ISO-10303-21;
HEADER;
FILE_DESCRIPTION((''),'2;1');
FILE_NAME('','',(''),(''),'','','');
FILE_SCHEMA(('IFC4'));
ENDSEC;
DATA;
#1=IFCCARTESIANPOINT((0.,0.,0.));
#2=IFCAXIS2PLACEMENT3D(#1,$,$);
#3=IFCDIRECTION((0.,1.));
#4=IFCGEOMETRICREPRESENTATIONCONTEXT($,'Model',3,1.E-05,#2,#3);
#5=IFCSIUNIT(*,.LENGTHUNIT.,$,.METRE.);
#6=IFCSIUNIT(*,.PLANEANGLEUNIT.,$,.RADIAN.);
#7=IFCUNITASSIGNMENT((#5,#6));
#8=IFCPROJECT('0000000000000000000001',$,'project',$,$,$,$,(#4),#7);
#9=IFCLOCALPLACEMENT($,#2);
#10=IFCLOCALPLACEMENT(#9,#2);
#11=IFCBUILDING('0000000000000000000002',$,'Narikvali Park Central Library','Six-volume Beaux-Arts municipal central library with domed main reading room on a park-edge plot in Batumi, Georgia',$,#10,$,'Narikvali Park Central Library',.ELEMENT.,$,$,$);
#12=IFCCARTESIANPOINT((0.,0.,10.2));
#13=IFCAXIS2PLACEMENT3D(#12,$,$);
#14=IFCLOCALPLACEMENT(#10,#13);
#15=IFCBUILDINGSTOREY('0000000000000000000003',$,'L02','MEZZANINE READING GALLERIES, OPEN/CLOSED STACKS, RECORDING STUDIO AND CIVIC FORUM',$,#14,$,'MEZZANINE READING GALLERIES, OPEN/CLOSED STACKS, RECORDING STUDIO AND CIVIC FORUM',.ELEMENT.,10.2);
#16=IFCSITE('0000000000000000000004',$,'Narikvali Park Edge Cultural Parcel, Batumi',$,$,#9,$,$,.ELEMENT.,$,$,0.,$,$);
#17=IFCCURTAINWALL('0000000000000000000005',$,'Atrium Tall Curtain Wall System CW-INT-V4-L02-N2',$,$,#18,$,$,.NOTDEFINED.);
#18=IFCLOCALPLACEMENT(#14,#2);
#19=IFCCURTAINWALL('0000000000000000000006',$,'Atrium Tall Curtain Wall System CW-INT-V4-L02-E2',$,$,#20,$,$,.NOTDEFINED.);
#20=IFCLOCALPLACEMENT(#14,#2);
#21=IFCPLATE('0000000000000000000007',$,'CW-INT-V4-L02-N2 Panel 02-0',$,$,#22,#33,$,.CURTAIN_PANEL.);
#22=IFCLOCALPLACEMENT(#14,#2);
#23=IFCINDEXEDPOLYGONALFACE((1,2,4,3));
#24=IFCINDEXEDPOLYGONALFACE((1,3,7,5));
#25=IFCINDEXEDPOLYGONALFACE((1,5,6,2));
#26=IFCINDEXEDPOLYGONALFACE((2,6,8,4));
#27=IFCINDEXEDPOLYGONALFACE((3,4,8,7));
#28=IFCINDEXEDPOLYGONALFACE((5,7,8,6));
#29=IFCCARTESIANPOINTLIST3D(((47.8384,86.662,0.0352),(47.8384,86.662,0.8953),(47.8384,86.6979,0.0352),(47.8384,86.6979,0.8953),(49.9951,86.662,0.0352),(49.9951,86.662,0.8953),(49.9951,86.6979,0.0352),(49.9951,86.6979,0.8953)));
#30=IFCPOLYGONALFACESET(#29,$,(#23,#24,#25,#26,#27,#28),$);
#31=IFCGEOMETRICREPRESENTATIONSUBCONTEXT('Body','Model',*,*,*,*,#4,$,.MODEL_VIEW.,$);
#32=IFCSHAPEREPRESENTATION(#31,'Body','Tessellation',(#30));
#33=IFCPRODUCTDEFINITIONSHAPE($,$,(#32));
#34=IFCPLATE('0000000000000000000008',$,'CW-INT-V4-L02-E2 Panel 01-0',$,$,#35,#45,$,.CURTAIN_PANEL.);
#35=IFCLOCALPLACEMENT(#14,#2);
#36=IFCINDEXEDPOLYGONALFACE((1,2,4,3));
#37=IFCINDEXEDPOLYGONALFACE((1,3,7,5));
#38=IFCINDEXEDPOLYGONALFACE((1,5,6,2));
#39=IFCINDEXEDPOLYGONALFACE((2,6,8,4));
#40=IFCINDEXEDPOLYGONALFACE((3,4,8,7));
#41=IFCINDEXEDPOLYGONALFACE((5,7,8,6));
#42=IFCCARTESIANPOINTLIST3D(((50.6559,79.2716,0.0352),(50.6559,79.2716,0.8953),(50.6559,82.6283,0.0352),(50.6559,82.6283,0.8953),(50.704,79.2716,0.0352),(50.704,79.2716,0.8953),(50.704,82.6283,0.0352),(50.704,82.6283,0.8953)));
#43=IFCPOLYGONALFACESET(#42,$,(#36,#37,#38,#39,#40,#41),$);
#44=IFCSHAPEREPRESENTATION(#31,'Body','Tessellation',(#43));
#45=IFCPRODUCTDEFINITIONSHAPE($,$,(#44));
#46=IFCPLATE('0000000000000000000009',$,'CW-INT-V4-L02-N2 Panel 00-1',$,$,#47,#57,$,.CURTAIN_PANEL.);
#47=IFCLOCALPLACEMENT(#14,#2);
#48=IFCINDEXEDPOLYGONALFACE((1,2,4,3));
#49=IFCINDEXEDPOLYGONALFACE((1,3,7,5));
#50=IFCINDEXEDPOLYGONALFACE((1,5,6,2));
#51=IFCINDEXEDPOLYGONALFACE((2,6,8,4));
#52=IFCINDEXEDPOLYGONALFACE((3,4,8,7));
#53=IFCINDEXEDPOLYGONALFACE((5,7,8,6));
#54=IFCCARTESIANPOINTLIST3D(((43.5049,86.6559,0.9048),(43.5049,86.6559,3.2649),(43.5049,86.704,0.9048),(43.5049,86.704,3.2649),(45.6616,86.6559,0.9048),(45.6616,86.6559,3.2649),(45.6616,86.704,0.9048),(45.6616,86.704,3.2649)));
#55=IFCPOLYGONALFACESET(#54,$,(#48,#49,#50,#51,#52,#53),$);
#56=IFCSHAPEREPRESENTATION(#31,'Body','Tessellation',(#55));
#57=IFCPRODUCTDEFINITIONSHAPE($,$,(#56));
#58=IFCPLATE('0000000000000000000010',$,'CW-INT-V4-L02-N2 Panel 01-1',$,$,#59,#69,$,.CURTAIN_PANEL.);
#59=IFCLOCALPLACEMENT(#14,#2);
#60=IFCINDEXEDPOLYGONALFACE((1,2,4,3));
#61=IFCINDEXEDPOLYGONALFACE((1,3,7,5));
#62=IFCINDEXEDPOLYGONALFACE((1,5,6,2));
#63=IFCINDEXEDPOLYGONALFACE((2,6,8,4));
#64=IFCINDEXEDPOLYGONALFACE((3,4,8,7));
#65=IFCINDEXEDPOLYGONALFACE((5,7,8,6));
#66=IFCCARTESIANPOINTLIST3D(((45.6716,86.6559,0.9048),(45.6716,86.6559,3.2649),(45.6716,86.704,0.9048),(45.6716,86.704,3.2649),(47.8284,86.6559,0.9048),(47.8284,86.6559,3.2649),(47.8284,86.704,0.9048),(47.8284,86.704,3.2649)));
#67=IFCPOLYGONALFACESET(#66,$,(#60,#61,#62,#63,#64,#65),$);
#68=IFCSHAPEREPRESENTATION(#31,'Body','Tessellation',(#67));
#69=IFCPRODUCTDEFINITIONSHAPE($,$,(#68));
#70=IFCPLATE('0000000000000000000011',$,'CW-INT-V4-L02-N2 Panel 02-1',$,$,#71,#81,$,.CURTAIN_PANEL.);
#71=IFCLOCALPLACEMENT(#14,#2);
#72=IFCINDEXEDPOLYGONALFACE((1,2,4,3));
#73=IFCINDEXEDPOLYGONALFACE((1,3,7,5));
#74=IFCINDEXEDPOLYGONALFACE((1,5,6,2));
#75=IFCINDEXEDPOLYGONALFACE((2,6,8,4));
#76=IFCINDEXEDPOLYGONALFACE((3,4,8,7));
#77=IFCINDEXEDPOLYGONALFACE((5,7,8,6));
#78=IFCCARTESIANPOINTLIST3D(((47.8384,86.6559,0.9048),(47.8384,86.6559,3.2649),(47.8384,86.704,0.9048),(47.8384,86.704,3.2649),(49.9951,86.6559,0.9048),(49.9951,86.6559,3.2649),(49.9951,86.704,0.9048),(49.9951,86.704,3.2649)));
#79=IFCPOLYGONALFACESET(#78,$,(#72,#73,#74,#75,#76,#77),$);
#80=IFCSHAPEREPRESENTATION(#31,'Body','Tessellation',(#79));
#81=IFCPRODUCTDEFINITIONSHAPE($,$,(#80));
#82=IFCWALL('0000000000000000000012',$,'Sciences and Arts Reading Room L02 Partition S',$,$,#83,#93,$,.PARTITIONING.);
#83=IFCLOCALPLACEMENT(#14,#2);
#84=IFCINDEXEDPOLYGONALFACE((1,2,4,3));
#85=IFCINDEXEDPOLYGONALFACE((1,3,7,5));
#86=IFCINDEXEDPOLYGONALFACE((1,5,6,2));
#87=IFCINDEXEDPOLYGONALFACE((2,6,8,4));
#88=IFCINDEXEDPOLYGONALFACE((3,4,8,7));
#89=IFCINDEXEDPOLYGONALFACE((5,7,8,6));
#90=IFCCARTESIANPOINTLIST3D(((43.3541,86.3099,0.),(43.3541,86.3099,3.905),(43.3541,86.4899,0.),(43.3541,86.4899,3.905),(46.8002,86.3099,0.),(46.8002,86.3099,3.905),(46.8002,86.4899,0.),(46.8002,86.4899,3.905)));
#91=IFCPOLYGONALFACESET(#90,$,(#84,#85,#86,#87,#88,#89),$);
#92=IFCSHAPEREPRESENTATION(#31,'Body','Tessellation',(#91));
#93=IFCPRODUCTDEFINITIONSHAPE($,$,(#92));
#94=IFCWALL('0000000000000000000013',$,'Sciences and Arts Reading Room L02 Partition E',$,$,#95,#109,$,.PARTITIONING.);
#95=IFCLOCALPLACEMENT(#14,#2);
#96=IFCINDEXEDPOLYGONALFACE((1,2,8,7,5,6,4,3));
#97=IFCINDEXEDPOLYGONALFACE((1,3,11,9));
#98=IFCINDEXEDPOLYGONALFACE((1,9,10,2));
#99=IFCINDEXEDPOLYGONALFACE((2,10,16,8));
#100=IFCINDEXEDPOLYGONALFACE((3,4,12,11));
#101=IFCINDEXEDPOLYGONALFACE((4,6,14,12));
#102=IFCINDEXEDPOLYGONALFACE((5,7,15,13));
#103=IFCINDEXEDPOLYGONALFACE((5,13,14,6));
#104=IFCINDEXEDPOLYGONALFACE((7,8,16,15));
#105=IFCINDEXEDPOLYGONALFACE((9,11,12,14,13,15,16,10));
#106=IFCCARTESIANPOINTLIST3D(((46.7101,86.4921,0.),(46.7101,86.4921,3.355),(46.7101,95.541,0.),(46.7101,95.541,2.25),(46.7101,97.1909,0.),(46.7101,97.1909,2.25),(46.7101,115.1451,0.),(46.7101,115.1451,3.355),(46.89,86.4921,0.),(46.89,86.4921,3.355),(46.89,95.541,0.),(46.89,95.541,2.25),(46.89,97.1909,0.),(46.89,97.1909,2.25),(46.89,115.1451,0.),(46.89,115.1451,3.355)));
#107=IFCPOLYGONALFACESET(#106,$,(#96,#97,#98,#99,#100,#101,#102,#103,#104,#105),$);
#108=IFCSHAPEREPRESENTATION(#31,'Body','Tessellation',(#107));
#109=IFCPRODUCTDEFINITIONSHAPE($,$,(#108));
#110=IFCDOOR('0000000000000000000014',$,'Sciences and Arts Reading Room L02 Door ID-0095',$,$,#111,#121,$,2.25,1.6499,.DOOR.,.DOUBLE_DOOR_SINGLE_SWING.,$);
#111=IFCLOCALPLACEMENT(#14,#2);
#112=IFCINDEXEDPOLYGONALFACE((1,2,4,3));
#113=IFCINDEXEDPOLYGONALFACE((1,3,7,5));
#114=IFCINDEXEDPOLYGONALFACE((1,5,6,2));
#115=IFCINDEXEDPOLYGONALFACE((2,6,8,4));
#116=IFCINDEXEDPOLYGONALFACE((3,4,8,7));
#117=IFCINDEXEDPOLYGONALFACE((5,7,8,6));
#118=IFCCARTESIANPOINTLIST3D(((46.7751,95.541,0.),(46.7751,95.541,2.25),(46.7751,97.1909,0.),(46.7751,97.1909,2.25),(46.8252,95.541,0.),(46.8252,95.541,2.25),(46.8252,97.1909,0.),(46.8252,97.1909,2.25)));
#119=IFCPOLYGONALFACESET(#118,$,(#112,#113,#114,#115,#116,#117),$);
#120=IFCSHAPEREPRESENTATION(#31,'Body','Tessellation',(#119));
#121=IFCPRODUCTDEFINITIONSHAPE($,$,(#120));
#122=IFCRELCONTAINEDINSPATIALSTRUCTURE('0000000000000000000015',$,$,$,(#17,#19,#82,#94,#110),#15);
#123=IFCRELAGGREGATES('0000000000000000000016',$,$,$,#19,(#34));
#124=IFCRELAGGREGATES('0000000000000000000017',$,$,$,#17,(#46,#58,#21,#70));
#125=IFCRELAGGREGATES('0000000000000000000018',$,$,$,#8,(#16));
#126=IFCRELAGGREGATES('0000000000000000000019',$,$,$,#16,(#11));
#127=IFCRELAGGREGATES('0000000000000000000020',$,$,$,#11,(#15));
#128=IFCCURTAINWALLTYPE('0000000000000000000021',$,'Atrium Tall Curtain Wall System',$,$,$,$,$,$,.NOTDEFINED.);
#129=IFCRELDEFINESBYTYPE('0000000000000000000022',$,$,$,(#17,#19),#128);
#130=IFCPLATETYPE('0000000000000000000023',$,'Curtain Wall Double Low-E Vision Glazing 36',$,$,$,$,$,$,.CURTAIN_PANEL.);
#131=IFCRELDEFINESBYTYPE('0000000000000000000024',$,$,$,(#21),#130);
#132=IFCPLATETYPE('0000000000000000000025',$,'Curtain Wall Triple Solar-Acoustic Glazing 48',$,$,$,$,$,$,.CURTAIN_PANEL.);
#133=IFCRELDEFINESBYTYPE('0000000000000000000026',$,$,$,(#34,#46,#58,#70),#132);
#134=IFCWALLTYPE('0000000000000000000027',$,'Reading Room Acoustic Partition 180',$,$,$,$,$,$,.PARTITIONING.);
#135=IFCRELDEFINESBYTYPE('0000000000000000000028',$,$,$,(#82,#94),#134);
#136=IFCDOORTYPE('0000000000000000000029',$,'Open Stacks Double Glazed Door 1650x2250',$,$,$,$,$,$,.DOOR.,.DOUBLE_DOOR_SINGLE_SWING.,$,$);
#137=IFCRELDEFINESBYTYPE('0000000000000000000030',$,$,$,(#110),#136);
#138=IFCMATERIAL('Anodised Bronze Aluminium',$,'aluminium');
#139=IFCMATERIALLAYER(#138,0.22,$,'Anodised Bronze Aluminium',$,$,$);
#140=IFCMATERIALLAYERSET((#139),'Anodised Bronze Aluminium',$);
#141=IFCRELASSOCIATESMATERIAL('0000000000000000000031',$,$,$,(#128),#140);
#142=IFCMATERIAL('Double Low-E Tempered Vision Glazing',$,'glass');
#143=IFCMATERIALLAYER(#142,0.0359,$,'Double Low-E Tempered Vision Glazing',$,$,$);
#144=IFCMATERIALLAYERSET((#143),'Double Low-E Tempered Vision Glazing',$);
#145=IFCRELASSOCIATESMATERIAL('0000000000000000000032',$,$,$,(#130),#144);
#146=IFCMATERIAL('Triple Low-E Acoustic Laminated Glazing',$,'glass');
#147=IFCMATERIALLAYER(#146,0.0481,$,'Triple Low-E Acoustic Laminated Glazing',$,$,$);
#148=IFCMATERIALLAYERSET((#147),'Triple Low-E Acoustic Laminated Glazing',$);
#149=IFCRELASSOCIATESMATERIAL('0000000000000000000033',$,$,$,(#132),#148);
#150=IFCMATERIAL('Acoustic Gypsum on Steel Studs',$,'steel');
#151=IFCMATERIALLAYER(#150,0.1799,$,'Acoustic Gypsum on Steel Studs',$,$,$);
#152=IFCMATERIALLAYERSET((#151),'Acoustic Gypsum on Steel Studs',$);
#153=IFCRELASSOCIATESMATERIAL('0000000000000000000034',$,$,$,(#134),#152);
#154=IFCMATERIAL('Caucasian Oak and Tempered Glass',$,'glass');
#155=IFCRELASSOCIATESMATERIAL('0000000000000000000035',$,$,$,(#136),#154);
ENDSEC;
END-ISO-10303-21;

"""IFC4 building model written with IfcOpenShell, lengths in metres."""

from ifc_helpers import new_model, si_unit, direction, frame, frame_2d, origin, origin_2d, place, context, subcontext, project, spatial, rectangle, extrude, material, layer, layer_set, type_object, element, fill, aggregate, save


model = new_model("IFC4")

# Units and contexts
model_context = context("Model", 3, precision=1e-05, world=origin(), true_north=direction((0.0, 1.0)))
body_context = subcontext(model_context, "Body", "Model", "MODEL_VIEW")
ifc_project = project(units=[si_unit("LENGTHUNIT", "METRE"), si_unit("PLANEANGLEUNIT", "RADIAN")], contexts=[model_context])

# Site, building, storey
site_placement = place(None, origin())
site = spatial("IfcSite", under=ifc_project, at=site_placement, Name="Narikvali Park Edge Cultural Parcel, Batumi", CompositionType="ELEMENT", RefElevation=0.0)
building_placement = place(site_placement, origin())
building = spatial("IfcBuilding", under=site, at=building_placement, Name="Narikvali Park Central Library", Description="Six-volume Beaux-Arts municipal central library with domed main reading room on a park-edge plot in Batumi, Georgia", LongName="Narikvali Park Central Library", CompositionType="ELEMENT")
storey_placement = place(building_placement, frame((0.0, 0.0, 10.2)))
storey = spatial("IfcBuildingStorey", under=building, at=storey_placement, Name="L02", Description="MEZZANINE READING GALLERIES, OPEN/CLOSED STACKS, RECORDING STUDIO AND CIVIC FORUM", LongName="MEZZANINE READING GALLERIES, OPEN/CLOSED STACKS, RECORDING STUDIO AND CIVIC FORUM", CompositionType="ELEMENT", Elevation=10.2)

# Curtain wall
ifc_material_1 = material(Name="Anodised Bronze Aluminium", Category="aluminium")
ifc_layer_1 = layer(ifc_material_1, 0.22, Name="Anodised Bronze Aluminium")
ifc_layer_set_1 = layer_set([ifc_layer_1], Name="Anodised Bronze Aluminium")
curtain_wall_type = type_object("IfcCurtainWallType", Name="Atrium Tall Curtain Wall System", PredefinedType="NOTDEFINED", material=ifc_layer_set_1)
curtain_wall_1_placement = place(storey_placement, origin())
curtain_wall_1 = element("IfcCurtainWall", 1, at=curtain_wall_1_placement, inside=storey, type_object=curtain_wall_type, Name="Atrium Tall Curtain Wall System CW-INT-V4-L02-N2", PredefinedType="NOTDEFINED")

# Curtain wall
curtain_wall_2_placement = place(storey_placement, origin())
curtain_wall_2 = element("IfcCurtainWall", 2, at=curtain_wall_2_placement, inside=storey, type_object=curtain_wall_type, Name="Atrium Tall Curtain Wall System CW-INT-V4-L02-E2", PredefinedType="NOTDEFINED")

# Plates
ifc_material_2 = material(Name="Double Low-E Tempered Vision Glazing", Category="glass")
ifc_layer_2 = layer(ifc_material_2, 0.0359, Name="Double Low-E Tempered Vision Glazing")
ifc_layer_set_2 = layer_set([ifc_layer_2], Name="Double Low-E Tempered Vision Glazing")
plate_type_1 = type_object("IfcPlateType", Name="Curtain Wall Double Low-E Vision Glazing 36", PredefinedType="CURTAIN_PANEL", material=ifc_layer_set_2)
plate_1_placement = place(storey_placement, frame((48.9167, 86.6799, 0.0352), z_axis=(0.0, 0.0, 1.0), x_axis=(1.0, 0.0, 0.0)))
plate_1 = element("IfcPlate", 3, at=plate_1_placement, type_object=plate_type_1, Name="CW-INT-V4-L02-N2 Panel 02-0", PredefinedType="CURTAIN_PANEL", context=body_context, shape_type="SweptSolid", body=[
    extrude(rectangle(XDim=2.1567, YDim=0.0359, at=origin_2d()), origin(), (0.0, 0.0, 1.0), 0.8601),
])
ifc_material_3 = material(Name="Triple Low-E Acoustic Laminated Glazing", Category="glass")
ifc_layer_3 = layer(ifc_material_3, 0.0481, Name="Triple Low-E Acoustic Laminated Glazing")
ifc_layer_set_3 = layer_set([ifc_layer_3], Name="Triple Low-E Acoustic Laminated Glazing")
plate_type_2 = type_object("IfcPlateType", Name="Curtain Wall Triple Solar-Acoustic Glazing 48", PredefinedType="CURTAIN_PANEL", material=ifc_layer_set_3)
plate_2_placement = place(storey_placement, frame((50.6799, 80.95, 0.0352), z_axis=(0.0, 0.0, 1.0), x_axis=(0.0, 1.0, 0.0)))
plate_2 = element("IfcPlate", 4, at=plate_2_placement, type_object=plate_type_2, Name="CW-INT-V4-L02-E2 Panel 01-0", PredefinedType="CURTAIN_PANEL", context=body_context, shape_type="SweptSolid", body=[
    extrude(rectangle(XDim=3.3567, YDim=0.0481, at=origin_2d()), origin(), (0.0, 0.0, 1.0), 0.8601),
])
aggregate(curtain_wall_2, [plate_2])
plate_3_placement = place(storey_placement, frame((44.5833, 86.6799, 0.9048), z_axis=(0.0, 0.0, 1.0), x_axis=(1.0, 0.0, 0.0)))
plate_3 = element("IfcPlate", 5, at=plate_3_placement, type_object=plate_type_2, Name="CW-INT-V4-L02-N2 Panel 00-1", PredefinedType="CURTAIN_PANEL", context=body_context, shape_type="SweptSolid", body=[
    extrude(rectangle(XDim=2.1567, YDim=0.0481, at=origin_2d()), origin(), (0.0, 0.0, 1.0), 2.3601),
])
plate_4_placement = place(storey_placement, frame((46.75, 86.6799, 0.9048), z_axis=(0.0, 0.0, 1.0), x_axis=(1.0, 0.0, 0.0)))
plate_4 = element("IfcPlate", 6, at=plate_4_placement, type_object=plate_type_2, Name="CW-INT-V4-L02-N2 Panel 01-1", PredefinedType="CURTAIN_PANEL", context=body_context, shape_type="SweptSolid", body=[
    extrude(rectangle(XDim=2.1567, YDim=0.0481, at=origin_2d()), origin(), (0.0, 0.0, 1.0), 2.3601),
])
plate_5_placement = place(storey_placement, frame((48.9167, 86.6799, 0.9048), z_axis=(0.0, 0.0, 1.0), x_axis=(1.0, 0.0, 0.0)))
plate_5 = element("IfcPlate", 7, at=plate_5_placement, type_object=plate_type_2, Name="CW-INT-V4-L02-N2 Panel 02-1", PredefinedType="CURTAIN_PANEL", context=body_context, shape_type="SweptSolid", body=[
    extrude(rectangle(XDim=2.1567, YDim=0.0481, at=origin_2d()), origin(), (0.0, 0.0, 1.0), 2.3601),
])
aggregate(curtain_wall_1, [plate_3, plate_4, plate_1, plate_5])

# Wall
ifc_material_4 = material(Name="Acoustic Gypsum on Steel Studs", Category="steel")
ifc_layer_4 = layer(ifc_material_4, 0.1799, Name="Acoustic Gypsum on Steel Studs")
ifc_layer_set_4 = layer_set([ifc_layer_4], Name="Acoustic Gypsum on Steel Studs")
wall_type = type_object("IfcWallType", Name="Reading Room Acoustic Partition 180", PredefinedType="PARTITIONING", material=ifc_layer_set_4)
wall_1_placement = place(storey_placement, frame((43.354, 86.3999, 0.0), z_axis=(0.0, 0.0, 1.0), x_axis=(1.0, 0.0, 0.0)))
element("IfcWall", 8, at=wall_1_placement, inside=storey, type_object=wall_type, Name="Sciences and Arts Reading Room L02 Partition S", PredefinedType="PARTITIONING", context=body_context, shape_type="SweptSolid", body=[
    extrude(rectangle(XDim=3.446, YDim=0.1799, at=frame_2d((1.7231, 0.0))), origin(), (0.0, 0.0, 1.0), 3.905),
])

# Wall, opening, door
wall_2_placement = place(storey_placement, frame((46.8, 86.4919, 0.0), z_axis=(0.0, 0.0, 1.0), x_axis=(0.0, 1.0, 0.0)))
wall_2 = element("IfcWall", 9, at=wall_2_placement, inside=storey, type_object=wall_type, Name="Sciences and Arts Reading Room L02 Partition E", PredefinedType="PARTITIONING", context=body_context, shape_type="SweptSolid", body=[
    extrude(rectangle(XDim=28.6531, YDim=0.1799, at=frame_2d((14.3267, 0.0))), origin(), (0.0, 0.0, 1.0), 3.355),
])
opening_placement = place(wall_2_placement, frame((9.0491, 0.0, 0.0)))
opening = element("IfcOpeningElement", 10, at=opening_placement, cuts=wall_2, PredefinedType="OPENING", context=body_context, shape_type="SweptSolid", body=[
    extrude(rectangle(XDim=1.6499, YDim=2.25, at=frame_2d((0.825, 1.125))), frame((0.0, 0.1021, 0.0), z_axis=(0.0, -1.0, 0.0), x_axis=(1.0, 0.0, 0.0)), (0.0, 0.0, 1.0), 0.2039),
])
ifc_material_5 = material(Name="Caucasian Oak and Tempered Glass", Category="glass")
door_type = type_object("IfcDoorType", Name="Open Stacks Double Glazed Door 1650x2250", OperationType="DOUBLE_DOOR_SINGLE_SWING", PredefinedType="DOOR", material=ifc_material_5)
door_placement = place(opening_placement, origin())
door = element("IfcDoor", 11, at=door_placement, inside=storey, type_object=door_type, Name="Sciences and Arts Reading Room L02 Door ID-0095", OperationType="DOUBLE_DOOR_SINGLE_SWING", OverallHeight=2.25, OverallWidth=1.6499, PredefinedType="DOOR", context=body_context, shape_type="SweptSolid", body=[
    extrude(rectangle(XDim=1.6499, YDim=2.25, at=frame_2d((0.825, 1.125))), frame((0.0, 0.0249, 0.0), z_axis=(0.0, -1.0, 0.0), x_axis=(1.0, 0.0, 0.0)), (0.0, 0.0, 1.0), 0.05),
])
fill(opening, door)

save(model, "model.ifc")
